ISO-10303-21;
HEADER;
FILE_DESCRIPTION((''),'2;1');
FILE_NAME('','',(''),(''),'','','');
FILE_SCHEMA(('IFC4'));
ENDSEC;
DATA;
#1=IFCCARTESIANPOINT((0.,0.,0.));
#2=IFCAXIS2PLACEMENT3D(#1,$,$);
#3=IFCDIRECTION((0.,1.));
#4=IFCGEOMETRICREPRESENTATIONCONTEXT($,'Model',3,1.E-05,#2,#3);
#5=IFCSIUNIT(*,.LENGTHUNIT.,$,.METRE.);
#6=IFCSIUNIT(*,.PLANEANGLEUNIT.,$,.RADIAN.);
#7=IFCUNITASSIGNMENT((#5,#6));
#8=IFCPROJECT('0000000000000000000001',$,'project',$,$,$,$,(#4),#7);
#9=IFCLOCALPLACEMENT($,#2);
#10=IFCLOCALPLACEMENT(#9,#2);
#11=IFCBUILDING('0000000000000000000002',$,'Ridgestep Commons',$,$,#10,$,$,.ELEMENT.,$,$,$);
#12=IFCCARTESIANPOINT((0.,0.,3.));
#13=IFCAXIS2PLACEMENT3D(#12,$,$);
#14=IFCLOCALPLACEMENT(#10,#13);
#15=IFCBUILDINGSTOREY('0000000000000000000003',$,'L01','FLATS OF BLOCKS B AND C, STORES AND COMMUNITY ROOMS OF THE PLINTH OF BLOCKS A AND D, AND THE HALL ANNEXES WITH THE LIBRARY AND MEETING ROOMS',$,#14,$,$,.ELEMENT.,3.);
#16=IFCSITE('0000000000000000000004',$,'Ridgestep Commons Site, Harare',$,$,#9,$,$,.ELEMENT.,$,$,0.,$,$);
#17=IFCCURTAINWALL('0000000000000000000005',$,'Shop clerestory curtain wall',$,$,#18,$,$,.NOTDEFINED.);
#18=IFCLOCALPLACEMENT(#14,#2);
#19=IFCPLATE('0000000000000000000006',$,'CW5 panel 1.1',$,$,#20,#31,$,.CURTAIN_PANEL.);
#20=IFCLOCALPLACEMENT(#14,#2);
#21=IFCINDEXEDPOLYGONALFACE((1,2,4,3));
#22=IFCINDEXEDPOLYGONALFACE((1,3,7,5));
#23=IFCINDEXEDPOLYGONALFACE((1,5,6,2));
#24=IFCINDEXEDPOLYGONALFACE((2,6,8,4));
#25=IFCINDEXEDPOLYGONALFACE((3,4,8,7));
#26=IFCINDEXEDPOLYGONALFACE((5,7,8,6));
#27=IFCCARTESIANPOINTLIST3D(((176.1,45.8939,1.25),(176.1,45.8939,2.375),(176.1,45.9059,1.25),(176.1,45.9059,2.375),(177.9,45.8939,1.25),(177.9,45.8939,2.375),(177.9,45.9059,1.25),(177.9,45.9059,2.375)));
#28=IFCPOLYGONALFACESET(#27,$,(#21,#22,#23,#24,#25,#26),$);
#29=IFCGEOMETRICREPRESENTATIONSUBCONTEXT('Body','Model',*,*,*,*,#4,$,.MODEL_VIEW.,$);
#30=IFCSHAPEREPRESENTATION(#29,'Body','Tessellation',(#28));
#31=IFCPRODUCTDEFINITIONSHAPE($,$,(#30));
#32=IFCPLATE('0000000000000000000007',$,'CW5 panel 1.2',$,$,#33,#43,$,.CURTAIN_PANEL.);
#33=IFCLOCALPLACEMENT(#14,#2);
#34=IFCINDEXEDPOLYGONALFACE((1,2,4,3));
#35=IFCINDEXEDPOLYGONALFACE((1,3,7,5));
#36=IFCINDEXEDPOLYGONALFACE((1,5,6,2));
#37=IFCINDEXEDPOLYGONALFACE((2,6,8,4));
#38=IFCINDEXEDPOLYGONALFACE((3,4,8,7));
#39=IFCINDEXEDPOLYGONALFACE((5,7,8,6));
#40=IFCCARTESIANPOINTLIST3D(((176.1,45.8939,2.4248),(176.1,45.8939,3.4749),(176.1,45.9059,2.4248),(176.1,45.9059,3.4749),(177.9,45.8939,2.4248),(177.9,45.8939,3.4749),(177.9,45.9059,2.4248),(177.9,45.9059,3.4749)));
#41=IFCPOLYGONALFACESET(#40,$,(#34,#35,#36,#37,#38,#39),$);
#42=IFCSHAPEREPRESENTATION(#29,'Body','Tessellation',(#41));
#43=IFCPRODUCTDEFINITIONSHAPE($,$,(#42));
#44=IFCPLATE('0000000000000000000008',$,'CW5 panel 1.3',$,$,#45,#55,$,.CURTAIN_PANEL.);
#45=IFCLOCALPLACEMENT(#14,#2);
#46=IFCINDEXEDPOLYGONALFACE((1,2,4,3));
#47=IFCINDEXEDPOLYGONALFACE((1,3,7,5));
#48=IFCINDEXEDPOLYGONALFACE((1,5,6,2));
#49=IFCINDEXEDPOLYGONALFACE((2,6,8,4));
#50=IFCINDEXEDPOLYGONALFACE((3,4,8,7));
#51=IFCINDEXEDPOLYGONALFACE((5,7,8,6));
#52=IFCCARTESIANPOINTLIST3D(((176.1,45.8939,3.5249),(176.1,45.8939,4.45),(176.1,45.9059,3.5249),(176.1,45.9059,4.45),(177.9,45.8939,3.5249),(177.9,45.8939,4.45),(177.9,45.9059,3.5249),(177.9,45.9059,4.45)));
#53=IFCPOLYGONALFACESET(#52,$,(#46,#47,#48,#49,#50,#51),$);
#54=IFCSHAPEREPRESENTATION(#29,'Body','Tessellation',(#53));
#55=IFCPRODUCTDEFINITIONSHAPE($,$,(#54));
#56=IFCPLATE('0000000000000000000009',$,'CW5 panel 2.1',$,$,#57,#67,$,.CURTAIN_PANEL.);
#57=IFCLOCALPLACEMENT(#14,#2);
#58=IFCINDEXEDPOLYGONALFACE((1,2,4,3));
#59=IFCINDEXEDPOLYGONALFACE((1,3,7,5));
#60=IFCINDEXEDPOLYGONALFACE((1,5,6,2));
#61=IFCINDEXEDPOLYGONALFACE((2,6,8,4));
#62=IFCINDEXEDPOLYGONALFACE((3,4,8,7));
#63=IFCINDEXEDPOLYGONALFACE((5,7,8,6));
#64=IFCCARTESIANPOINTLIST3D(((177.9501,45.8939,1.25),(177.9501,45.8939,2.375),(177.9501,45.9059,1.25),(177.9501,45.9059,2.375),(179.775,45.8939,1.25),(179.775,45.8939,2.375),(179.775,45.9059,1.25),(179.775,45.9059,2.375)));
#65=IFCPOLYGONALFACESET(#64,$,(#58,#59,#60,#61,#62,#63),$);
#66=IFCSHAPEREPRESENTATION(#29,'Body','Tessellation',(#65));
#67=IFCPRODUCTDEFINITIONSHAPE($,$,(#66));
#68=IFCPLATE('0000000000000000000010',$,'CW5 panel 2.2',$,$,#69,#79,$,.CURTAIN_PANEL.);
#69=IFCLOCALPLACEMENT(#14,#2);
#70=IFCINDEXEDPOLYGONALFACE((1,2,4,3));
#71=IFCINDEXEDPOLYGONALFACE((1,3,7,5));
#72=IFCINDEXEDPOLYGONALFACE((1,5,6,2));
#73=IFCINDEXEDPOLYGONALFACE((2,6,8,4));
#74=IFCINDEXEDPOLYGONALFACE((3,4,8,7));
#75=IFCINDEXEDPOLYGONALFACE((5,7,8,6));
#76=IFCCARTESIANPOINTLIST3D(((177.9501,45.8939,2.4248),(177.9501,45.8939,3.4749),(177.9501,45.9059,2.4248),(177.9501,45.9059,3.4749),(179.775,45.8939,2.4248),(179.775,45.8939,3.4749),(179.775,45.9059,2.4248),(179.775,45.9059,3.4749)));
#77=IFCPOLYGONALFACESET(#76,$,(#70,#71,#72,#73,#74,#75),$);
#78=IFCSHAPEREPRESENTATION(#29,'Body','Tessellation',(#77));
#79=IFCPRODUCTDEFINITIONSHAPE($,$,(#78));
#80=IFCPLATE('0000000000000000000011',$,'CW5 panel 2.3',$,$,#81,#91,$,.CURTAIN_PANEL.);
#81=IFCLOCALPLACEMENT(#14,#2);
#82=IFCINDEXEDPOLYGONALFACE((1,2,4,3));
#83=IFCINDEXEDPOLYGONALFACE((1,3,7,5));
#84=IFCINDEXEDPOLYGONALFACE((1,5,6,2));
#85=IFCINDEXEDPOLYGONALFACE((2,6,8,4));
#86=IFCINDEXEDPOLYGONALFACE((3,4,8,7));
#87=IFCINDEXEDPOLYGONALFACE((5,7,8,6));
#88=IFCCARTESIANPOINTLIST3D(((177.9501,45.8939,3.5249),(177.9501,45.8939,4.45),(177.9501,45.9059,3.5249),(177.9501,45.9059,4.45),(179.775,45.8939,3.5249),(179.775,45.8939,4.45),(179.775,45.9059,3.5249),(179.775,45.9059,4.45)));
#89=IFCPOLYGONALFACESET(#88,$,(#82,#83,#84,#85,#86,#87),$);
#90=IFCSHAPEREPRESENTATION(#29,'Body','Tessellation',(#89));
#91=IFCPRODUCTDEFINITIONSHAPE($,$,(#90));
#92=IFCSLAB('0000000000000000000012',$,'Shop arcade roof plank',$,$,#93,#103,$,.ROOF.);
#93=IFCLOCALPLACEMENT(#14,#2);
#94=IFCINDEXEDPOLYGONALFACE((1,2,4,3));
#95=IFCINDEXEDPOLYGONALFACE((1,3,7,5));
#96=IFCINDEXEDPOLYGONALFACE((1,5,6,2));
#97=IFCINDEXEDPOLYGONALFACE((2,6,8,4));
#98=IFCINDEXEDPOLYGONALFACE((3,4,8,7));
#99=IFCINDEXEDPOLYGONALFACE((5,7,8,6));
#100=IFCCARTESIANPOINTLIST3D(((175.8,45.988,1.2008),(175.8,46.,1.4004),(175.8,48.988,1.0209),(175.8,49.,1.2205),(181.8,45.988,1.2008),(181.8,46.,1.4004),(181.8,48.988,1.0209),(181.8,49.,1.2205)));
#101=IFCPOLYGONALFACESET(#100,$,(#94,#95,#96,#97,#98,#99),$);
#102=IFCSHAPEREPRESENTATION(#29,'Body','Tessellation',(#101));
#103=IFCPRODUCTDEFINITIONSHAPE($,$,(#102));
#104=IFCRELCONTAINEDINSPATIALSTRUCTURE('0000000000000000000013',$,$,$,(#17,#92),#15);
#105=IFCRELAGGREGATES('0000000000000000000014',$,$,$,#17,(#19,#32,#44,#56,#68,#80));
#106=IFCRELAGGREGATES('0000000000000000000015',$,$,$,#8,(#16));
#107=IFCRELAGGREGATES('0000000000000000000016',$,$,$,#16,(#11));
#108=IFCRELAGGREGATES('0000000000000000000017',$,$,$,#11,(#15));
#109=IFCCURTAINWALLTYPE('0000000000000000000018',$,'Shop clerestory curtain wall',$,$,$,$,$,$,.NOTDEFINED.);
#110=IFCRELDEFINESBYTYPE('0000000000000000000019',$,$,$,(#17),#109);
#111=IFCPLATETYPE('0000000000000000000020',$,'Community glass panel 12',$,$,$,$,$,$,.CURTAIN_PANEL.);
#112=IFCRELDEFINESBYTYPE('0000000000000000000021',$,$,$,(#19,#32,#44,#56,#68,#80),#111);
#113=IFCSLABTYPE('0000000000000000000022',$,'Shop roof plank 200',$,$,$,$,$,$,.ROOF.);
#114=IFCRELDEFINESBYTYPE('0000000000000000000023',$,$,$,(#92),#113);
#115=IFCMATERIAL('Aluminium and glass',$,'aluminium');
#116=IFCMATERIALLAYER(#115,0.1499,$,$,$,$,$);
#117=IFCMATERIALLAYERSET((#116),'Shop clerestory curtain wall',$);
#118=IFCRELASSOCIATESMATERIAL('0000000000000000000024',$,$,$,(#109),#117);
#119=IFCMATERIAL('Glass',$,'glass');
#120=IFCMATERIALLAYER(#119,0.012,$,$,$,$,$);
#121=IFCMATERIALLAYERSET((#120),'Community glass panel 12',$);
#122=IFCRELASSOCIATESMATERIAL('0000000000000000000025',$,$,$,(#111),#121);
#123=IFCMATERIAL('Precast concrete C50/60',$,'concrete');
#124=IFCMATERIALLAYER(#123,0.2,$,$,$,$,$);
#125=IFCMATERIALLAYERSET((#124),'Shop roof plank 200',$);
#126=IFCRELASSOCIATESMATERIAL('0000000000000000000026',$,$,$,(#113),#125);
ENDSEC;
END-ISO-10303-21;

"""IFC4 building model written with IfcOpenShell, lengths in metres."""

from ifc_helpers import new_model, si_unit, direction, frame, origin, origin_2d, place, context, subcontext, project, spatial, polyline, rectangle, outline, extrude, material, layer, layer_set, type_object, element, aggregate, save


model = new_model("IFC4")

# Units and contexts
model_context = context("Model", 3, precision=1e-05, world=origin(), true_north=direction((0.0, 1.0)))
body_context = subcontext(model_context, "Body", "Model", "MODEL_VIEW")
ifc_project = project(units=[si_unit("LENGTHUNIT", "METRE"), si_unit("PLANEANGLEUNIT", "RADIAN")], contexts=[model_context])

# Site, building, storey
site_placement = place(None, origin())
site = spatial("IfcSite", under=ifc_project, at=site_placement, Name="Ridgestep Commons Site, Harare", CompositionType="ELEMENT", RefElevation=0.0)
building_placement = place(site_placement, origin())
building = spatial("IfcBuilding", under=site, at=building_placement, Name="Ridgestep Commons", CompositionType="ELEMENT")
storey_placement = place(building_placement, frame((0.0, 0.0, 3.0)))
storey = spatial("IfcBuildingStorey", under=building, at=storey_placement, Name="L01", Description="FLATS OF BLOCKS B AND C, STORES AND COMMUNITY ROOMS OF THE PLINTH OF BLOCKS A AND D, AND THE HALL ANNEXES WITH THE LIBRARY AND MEETING ROOMS", CompositionType="ELEMENT", Elevation=3.0)

# Curtain wall, plates
ifc_material_1 = material(Name="Aluminium and glass", Category="aluminium")
ifc_layer_1 = layer(ifc_material_1, 0.1499)
ifc_layer_set_1 = layer_set([ifc_layer_1], Name="Shop clerestory curtain wall")
curtain_wall_type = type_object("IfcCurtainWallType", Name="Shop clerestory curtain wall", PredefinedType="NOTDEFINED", material=ifc_layer_set_1)
curtain_wall_placement = place(storey_placement, origin())
curtain_wall = element("IfcCurtainWall", 1, at=curtain_wall_placement, inside=storey, type_object=curtain_wall_type, Name="Shop clerestory curtain wall", PredefinedType="NOTDEFINED")
ifc_material_2 = material(Name="Glass", Category="glass")
ifc_layer_2 = layer(ifc_material_2, 0.012)
ifc_layer_set_2 = layer_set([ifc_layer_2], Name="Community glass panel 12")
plate_type = type_object("IfcPlateType", Name="Community glass panel 12", PredefinedType="CURTAIN_PANEL", material=ifc_layer_set_2)
plate_1_placement = place(storey_placement, frame((177.0, 45.8999, 1.25), z_axis=(0.0, 0.0, 1.0), x_axis=(1.0, 0.0, 0.0)))
plate_1 = element("IfcPlate", 2, at=plate_1_placement, type_object=plate_type, Name="CW5 panel 1.1", PredefinedType="CURTAIN_PANEL", context=body_context, shape_type="SweptSolid", body=[
    extrude(rectangle(XDim=1.8, YDim=0.012, at=origin_2d()), origin(), (0.0, 0.0, 1.0), 1.125),
])
plate_2_placement = place(storey_placement, frame((177.0, 45.8999, 2.4248), z_axis=(0.0, 0.0, 1.0), x_axis=(1.0, 0.0, 0.0)))
plate_2 = element("IfcPlate", 3, at=plate_2_placement, type_object=plate_type, Name="CW5 panel 1.2", PredefinedType="CURTAIN_PANEL", context=body_context, shape_type="SweptSolid", body=[
    extrude(rectangle(XDim=1.8, YDim=0.012, at=origin_2d()), origin(), (0.0, 0.0, 1.0), 1.05),
])
plate_3_placement = place(storey_placement, frame((177.0, 45.8999, 3.5249), z_axis=(0.0, 0.0, 1.0), x_axis=(1.0, 0.0, 0.0)))
plate_3 = element("IfcPlate", 4, at=plate_3_placement, type_object=plate_type, Name="CW5 panel 1.3", PredefinedType="CURTAIN_PANEL", context=body_context, shape_type="SweptSolid", body=[
    extrude(rectangle(XDim=1.8, YDim=0.012, at=origin_2d()), origin(), (0.0, 0.0, 1.0), 0.925),
])
plate_4_placement = place(storey_placement, frame((178.8625, 45.8999, 1.25), z_axis=(0.0, 0.0, 1.0), x_axis=(1.0, 0.0, 0.0)))
plate_4 = element("IfcPlate", 5, at=plate_4_placement, type_object=plate_type, Name="CW5 panel 2.1", PredefinedType="CURTAIN_PANEL", context=body_context, shape_type="SweptSolid", body=[
    extrude(rectangle(XDim=1.825, YDim=0.012, at=origin_2d()), origin(), (0.0, 0.0, 1.0), 1.125),
])
plate_5_placement = place(storey_placement, frame((178.8625, 45.8999, 2.4248), z_axis=(0.0, 0.0, 1.0), x_axis=(1.0, 0.0, 0.0)))
plate_5 = element("IfcPlate", 6, at=plate_5_placement, type_object=plate_type, Name="CW5 panel 2.2", PredefinedType="CURTAIN_PANEL", context=body_context, shape_type="SweptSolid", body=[
    extrude(rectangle(XDim=1.825, YDim=0.012, at=origin_2d()), origin(), (0.0, 0.0, 1.0), 1.05),
])
plate_6_placement = place(storey_placement, frame((178.8625, 45.8999, 3.5249), z_axis=(0.0, 0.0, 1.0), x_axis=(1.0, 0.0, 0.0)))
plate_6 = element("IfcPlate", 7, at=plate_6_placement, type_object=plate_type, Name="CW5 panel 2.3", PredefinedType="CURTAIN_PANEL", context=body_context, shape_type="SweptSolid", body=[
    extrude(rectangle(XDim=1.825, YDim=0.012, at=origin_2d()), origin(), (0.0, 0.0, 1.0), 0.925),
])
aggregate(curtain_wall, [plate_1, plate_2, plate_3, plate_4, plate_5, plate_6])

# Slab
ifc_material_3 = material(Name="Precast concrete C50/60", Category="concrete")
ifc_layer_3 = layer(ifc_material_3, 0.2)
ifc_layer_set_3 = layer_set([ifc_layer_3], Name="Shop roof plank 200")
slab_type = type_object("IfcSlabType", Name="Shop roof plank 200", PredefinedType="ROOF", material=ifc_layer_set_3)
slab_placement = place(storey_placement, frame((175.8, 46.0, 1.4004), z_axis=(0.0, 0.05987, 0.998206), x_axis=(1.0, 0.0, 0.0)))
element("IfcSlab", 8, at=slab_placement, inside=storey, type_object=slab_type, Name="Shop arcade roof plank", PredefinedType="ROOF", context=body_context, shape_type="SweptSolid", body=[
    extrude(outline(polyline([(0.0, 0.0), (6.0, 0.0), (6.0, 3.0054), (0.0, 3.0054), (0.0, 0.0)])), origin(), (0.0, 0.0, -1.0), 0.2),
])

save(model, "model.ifc")
